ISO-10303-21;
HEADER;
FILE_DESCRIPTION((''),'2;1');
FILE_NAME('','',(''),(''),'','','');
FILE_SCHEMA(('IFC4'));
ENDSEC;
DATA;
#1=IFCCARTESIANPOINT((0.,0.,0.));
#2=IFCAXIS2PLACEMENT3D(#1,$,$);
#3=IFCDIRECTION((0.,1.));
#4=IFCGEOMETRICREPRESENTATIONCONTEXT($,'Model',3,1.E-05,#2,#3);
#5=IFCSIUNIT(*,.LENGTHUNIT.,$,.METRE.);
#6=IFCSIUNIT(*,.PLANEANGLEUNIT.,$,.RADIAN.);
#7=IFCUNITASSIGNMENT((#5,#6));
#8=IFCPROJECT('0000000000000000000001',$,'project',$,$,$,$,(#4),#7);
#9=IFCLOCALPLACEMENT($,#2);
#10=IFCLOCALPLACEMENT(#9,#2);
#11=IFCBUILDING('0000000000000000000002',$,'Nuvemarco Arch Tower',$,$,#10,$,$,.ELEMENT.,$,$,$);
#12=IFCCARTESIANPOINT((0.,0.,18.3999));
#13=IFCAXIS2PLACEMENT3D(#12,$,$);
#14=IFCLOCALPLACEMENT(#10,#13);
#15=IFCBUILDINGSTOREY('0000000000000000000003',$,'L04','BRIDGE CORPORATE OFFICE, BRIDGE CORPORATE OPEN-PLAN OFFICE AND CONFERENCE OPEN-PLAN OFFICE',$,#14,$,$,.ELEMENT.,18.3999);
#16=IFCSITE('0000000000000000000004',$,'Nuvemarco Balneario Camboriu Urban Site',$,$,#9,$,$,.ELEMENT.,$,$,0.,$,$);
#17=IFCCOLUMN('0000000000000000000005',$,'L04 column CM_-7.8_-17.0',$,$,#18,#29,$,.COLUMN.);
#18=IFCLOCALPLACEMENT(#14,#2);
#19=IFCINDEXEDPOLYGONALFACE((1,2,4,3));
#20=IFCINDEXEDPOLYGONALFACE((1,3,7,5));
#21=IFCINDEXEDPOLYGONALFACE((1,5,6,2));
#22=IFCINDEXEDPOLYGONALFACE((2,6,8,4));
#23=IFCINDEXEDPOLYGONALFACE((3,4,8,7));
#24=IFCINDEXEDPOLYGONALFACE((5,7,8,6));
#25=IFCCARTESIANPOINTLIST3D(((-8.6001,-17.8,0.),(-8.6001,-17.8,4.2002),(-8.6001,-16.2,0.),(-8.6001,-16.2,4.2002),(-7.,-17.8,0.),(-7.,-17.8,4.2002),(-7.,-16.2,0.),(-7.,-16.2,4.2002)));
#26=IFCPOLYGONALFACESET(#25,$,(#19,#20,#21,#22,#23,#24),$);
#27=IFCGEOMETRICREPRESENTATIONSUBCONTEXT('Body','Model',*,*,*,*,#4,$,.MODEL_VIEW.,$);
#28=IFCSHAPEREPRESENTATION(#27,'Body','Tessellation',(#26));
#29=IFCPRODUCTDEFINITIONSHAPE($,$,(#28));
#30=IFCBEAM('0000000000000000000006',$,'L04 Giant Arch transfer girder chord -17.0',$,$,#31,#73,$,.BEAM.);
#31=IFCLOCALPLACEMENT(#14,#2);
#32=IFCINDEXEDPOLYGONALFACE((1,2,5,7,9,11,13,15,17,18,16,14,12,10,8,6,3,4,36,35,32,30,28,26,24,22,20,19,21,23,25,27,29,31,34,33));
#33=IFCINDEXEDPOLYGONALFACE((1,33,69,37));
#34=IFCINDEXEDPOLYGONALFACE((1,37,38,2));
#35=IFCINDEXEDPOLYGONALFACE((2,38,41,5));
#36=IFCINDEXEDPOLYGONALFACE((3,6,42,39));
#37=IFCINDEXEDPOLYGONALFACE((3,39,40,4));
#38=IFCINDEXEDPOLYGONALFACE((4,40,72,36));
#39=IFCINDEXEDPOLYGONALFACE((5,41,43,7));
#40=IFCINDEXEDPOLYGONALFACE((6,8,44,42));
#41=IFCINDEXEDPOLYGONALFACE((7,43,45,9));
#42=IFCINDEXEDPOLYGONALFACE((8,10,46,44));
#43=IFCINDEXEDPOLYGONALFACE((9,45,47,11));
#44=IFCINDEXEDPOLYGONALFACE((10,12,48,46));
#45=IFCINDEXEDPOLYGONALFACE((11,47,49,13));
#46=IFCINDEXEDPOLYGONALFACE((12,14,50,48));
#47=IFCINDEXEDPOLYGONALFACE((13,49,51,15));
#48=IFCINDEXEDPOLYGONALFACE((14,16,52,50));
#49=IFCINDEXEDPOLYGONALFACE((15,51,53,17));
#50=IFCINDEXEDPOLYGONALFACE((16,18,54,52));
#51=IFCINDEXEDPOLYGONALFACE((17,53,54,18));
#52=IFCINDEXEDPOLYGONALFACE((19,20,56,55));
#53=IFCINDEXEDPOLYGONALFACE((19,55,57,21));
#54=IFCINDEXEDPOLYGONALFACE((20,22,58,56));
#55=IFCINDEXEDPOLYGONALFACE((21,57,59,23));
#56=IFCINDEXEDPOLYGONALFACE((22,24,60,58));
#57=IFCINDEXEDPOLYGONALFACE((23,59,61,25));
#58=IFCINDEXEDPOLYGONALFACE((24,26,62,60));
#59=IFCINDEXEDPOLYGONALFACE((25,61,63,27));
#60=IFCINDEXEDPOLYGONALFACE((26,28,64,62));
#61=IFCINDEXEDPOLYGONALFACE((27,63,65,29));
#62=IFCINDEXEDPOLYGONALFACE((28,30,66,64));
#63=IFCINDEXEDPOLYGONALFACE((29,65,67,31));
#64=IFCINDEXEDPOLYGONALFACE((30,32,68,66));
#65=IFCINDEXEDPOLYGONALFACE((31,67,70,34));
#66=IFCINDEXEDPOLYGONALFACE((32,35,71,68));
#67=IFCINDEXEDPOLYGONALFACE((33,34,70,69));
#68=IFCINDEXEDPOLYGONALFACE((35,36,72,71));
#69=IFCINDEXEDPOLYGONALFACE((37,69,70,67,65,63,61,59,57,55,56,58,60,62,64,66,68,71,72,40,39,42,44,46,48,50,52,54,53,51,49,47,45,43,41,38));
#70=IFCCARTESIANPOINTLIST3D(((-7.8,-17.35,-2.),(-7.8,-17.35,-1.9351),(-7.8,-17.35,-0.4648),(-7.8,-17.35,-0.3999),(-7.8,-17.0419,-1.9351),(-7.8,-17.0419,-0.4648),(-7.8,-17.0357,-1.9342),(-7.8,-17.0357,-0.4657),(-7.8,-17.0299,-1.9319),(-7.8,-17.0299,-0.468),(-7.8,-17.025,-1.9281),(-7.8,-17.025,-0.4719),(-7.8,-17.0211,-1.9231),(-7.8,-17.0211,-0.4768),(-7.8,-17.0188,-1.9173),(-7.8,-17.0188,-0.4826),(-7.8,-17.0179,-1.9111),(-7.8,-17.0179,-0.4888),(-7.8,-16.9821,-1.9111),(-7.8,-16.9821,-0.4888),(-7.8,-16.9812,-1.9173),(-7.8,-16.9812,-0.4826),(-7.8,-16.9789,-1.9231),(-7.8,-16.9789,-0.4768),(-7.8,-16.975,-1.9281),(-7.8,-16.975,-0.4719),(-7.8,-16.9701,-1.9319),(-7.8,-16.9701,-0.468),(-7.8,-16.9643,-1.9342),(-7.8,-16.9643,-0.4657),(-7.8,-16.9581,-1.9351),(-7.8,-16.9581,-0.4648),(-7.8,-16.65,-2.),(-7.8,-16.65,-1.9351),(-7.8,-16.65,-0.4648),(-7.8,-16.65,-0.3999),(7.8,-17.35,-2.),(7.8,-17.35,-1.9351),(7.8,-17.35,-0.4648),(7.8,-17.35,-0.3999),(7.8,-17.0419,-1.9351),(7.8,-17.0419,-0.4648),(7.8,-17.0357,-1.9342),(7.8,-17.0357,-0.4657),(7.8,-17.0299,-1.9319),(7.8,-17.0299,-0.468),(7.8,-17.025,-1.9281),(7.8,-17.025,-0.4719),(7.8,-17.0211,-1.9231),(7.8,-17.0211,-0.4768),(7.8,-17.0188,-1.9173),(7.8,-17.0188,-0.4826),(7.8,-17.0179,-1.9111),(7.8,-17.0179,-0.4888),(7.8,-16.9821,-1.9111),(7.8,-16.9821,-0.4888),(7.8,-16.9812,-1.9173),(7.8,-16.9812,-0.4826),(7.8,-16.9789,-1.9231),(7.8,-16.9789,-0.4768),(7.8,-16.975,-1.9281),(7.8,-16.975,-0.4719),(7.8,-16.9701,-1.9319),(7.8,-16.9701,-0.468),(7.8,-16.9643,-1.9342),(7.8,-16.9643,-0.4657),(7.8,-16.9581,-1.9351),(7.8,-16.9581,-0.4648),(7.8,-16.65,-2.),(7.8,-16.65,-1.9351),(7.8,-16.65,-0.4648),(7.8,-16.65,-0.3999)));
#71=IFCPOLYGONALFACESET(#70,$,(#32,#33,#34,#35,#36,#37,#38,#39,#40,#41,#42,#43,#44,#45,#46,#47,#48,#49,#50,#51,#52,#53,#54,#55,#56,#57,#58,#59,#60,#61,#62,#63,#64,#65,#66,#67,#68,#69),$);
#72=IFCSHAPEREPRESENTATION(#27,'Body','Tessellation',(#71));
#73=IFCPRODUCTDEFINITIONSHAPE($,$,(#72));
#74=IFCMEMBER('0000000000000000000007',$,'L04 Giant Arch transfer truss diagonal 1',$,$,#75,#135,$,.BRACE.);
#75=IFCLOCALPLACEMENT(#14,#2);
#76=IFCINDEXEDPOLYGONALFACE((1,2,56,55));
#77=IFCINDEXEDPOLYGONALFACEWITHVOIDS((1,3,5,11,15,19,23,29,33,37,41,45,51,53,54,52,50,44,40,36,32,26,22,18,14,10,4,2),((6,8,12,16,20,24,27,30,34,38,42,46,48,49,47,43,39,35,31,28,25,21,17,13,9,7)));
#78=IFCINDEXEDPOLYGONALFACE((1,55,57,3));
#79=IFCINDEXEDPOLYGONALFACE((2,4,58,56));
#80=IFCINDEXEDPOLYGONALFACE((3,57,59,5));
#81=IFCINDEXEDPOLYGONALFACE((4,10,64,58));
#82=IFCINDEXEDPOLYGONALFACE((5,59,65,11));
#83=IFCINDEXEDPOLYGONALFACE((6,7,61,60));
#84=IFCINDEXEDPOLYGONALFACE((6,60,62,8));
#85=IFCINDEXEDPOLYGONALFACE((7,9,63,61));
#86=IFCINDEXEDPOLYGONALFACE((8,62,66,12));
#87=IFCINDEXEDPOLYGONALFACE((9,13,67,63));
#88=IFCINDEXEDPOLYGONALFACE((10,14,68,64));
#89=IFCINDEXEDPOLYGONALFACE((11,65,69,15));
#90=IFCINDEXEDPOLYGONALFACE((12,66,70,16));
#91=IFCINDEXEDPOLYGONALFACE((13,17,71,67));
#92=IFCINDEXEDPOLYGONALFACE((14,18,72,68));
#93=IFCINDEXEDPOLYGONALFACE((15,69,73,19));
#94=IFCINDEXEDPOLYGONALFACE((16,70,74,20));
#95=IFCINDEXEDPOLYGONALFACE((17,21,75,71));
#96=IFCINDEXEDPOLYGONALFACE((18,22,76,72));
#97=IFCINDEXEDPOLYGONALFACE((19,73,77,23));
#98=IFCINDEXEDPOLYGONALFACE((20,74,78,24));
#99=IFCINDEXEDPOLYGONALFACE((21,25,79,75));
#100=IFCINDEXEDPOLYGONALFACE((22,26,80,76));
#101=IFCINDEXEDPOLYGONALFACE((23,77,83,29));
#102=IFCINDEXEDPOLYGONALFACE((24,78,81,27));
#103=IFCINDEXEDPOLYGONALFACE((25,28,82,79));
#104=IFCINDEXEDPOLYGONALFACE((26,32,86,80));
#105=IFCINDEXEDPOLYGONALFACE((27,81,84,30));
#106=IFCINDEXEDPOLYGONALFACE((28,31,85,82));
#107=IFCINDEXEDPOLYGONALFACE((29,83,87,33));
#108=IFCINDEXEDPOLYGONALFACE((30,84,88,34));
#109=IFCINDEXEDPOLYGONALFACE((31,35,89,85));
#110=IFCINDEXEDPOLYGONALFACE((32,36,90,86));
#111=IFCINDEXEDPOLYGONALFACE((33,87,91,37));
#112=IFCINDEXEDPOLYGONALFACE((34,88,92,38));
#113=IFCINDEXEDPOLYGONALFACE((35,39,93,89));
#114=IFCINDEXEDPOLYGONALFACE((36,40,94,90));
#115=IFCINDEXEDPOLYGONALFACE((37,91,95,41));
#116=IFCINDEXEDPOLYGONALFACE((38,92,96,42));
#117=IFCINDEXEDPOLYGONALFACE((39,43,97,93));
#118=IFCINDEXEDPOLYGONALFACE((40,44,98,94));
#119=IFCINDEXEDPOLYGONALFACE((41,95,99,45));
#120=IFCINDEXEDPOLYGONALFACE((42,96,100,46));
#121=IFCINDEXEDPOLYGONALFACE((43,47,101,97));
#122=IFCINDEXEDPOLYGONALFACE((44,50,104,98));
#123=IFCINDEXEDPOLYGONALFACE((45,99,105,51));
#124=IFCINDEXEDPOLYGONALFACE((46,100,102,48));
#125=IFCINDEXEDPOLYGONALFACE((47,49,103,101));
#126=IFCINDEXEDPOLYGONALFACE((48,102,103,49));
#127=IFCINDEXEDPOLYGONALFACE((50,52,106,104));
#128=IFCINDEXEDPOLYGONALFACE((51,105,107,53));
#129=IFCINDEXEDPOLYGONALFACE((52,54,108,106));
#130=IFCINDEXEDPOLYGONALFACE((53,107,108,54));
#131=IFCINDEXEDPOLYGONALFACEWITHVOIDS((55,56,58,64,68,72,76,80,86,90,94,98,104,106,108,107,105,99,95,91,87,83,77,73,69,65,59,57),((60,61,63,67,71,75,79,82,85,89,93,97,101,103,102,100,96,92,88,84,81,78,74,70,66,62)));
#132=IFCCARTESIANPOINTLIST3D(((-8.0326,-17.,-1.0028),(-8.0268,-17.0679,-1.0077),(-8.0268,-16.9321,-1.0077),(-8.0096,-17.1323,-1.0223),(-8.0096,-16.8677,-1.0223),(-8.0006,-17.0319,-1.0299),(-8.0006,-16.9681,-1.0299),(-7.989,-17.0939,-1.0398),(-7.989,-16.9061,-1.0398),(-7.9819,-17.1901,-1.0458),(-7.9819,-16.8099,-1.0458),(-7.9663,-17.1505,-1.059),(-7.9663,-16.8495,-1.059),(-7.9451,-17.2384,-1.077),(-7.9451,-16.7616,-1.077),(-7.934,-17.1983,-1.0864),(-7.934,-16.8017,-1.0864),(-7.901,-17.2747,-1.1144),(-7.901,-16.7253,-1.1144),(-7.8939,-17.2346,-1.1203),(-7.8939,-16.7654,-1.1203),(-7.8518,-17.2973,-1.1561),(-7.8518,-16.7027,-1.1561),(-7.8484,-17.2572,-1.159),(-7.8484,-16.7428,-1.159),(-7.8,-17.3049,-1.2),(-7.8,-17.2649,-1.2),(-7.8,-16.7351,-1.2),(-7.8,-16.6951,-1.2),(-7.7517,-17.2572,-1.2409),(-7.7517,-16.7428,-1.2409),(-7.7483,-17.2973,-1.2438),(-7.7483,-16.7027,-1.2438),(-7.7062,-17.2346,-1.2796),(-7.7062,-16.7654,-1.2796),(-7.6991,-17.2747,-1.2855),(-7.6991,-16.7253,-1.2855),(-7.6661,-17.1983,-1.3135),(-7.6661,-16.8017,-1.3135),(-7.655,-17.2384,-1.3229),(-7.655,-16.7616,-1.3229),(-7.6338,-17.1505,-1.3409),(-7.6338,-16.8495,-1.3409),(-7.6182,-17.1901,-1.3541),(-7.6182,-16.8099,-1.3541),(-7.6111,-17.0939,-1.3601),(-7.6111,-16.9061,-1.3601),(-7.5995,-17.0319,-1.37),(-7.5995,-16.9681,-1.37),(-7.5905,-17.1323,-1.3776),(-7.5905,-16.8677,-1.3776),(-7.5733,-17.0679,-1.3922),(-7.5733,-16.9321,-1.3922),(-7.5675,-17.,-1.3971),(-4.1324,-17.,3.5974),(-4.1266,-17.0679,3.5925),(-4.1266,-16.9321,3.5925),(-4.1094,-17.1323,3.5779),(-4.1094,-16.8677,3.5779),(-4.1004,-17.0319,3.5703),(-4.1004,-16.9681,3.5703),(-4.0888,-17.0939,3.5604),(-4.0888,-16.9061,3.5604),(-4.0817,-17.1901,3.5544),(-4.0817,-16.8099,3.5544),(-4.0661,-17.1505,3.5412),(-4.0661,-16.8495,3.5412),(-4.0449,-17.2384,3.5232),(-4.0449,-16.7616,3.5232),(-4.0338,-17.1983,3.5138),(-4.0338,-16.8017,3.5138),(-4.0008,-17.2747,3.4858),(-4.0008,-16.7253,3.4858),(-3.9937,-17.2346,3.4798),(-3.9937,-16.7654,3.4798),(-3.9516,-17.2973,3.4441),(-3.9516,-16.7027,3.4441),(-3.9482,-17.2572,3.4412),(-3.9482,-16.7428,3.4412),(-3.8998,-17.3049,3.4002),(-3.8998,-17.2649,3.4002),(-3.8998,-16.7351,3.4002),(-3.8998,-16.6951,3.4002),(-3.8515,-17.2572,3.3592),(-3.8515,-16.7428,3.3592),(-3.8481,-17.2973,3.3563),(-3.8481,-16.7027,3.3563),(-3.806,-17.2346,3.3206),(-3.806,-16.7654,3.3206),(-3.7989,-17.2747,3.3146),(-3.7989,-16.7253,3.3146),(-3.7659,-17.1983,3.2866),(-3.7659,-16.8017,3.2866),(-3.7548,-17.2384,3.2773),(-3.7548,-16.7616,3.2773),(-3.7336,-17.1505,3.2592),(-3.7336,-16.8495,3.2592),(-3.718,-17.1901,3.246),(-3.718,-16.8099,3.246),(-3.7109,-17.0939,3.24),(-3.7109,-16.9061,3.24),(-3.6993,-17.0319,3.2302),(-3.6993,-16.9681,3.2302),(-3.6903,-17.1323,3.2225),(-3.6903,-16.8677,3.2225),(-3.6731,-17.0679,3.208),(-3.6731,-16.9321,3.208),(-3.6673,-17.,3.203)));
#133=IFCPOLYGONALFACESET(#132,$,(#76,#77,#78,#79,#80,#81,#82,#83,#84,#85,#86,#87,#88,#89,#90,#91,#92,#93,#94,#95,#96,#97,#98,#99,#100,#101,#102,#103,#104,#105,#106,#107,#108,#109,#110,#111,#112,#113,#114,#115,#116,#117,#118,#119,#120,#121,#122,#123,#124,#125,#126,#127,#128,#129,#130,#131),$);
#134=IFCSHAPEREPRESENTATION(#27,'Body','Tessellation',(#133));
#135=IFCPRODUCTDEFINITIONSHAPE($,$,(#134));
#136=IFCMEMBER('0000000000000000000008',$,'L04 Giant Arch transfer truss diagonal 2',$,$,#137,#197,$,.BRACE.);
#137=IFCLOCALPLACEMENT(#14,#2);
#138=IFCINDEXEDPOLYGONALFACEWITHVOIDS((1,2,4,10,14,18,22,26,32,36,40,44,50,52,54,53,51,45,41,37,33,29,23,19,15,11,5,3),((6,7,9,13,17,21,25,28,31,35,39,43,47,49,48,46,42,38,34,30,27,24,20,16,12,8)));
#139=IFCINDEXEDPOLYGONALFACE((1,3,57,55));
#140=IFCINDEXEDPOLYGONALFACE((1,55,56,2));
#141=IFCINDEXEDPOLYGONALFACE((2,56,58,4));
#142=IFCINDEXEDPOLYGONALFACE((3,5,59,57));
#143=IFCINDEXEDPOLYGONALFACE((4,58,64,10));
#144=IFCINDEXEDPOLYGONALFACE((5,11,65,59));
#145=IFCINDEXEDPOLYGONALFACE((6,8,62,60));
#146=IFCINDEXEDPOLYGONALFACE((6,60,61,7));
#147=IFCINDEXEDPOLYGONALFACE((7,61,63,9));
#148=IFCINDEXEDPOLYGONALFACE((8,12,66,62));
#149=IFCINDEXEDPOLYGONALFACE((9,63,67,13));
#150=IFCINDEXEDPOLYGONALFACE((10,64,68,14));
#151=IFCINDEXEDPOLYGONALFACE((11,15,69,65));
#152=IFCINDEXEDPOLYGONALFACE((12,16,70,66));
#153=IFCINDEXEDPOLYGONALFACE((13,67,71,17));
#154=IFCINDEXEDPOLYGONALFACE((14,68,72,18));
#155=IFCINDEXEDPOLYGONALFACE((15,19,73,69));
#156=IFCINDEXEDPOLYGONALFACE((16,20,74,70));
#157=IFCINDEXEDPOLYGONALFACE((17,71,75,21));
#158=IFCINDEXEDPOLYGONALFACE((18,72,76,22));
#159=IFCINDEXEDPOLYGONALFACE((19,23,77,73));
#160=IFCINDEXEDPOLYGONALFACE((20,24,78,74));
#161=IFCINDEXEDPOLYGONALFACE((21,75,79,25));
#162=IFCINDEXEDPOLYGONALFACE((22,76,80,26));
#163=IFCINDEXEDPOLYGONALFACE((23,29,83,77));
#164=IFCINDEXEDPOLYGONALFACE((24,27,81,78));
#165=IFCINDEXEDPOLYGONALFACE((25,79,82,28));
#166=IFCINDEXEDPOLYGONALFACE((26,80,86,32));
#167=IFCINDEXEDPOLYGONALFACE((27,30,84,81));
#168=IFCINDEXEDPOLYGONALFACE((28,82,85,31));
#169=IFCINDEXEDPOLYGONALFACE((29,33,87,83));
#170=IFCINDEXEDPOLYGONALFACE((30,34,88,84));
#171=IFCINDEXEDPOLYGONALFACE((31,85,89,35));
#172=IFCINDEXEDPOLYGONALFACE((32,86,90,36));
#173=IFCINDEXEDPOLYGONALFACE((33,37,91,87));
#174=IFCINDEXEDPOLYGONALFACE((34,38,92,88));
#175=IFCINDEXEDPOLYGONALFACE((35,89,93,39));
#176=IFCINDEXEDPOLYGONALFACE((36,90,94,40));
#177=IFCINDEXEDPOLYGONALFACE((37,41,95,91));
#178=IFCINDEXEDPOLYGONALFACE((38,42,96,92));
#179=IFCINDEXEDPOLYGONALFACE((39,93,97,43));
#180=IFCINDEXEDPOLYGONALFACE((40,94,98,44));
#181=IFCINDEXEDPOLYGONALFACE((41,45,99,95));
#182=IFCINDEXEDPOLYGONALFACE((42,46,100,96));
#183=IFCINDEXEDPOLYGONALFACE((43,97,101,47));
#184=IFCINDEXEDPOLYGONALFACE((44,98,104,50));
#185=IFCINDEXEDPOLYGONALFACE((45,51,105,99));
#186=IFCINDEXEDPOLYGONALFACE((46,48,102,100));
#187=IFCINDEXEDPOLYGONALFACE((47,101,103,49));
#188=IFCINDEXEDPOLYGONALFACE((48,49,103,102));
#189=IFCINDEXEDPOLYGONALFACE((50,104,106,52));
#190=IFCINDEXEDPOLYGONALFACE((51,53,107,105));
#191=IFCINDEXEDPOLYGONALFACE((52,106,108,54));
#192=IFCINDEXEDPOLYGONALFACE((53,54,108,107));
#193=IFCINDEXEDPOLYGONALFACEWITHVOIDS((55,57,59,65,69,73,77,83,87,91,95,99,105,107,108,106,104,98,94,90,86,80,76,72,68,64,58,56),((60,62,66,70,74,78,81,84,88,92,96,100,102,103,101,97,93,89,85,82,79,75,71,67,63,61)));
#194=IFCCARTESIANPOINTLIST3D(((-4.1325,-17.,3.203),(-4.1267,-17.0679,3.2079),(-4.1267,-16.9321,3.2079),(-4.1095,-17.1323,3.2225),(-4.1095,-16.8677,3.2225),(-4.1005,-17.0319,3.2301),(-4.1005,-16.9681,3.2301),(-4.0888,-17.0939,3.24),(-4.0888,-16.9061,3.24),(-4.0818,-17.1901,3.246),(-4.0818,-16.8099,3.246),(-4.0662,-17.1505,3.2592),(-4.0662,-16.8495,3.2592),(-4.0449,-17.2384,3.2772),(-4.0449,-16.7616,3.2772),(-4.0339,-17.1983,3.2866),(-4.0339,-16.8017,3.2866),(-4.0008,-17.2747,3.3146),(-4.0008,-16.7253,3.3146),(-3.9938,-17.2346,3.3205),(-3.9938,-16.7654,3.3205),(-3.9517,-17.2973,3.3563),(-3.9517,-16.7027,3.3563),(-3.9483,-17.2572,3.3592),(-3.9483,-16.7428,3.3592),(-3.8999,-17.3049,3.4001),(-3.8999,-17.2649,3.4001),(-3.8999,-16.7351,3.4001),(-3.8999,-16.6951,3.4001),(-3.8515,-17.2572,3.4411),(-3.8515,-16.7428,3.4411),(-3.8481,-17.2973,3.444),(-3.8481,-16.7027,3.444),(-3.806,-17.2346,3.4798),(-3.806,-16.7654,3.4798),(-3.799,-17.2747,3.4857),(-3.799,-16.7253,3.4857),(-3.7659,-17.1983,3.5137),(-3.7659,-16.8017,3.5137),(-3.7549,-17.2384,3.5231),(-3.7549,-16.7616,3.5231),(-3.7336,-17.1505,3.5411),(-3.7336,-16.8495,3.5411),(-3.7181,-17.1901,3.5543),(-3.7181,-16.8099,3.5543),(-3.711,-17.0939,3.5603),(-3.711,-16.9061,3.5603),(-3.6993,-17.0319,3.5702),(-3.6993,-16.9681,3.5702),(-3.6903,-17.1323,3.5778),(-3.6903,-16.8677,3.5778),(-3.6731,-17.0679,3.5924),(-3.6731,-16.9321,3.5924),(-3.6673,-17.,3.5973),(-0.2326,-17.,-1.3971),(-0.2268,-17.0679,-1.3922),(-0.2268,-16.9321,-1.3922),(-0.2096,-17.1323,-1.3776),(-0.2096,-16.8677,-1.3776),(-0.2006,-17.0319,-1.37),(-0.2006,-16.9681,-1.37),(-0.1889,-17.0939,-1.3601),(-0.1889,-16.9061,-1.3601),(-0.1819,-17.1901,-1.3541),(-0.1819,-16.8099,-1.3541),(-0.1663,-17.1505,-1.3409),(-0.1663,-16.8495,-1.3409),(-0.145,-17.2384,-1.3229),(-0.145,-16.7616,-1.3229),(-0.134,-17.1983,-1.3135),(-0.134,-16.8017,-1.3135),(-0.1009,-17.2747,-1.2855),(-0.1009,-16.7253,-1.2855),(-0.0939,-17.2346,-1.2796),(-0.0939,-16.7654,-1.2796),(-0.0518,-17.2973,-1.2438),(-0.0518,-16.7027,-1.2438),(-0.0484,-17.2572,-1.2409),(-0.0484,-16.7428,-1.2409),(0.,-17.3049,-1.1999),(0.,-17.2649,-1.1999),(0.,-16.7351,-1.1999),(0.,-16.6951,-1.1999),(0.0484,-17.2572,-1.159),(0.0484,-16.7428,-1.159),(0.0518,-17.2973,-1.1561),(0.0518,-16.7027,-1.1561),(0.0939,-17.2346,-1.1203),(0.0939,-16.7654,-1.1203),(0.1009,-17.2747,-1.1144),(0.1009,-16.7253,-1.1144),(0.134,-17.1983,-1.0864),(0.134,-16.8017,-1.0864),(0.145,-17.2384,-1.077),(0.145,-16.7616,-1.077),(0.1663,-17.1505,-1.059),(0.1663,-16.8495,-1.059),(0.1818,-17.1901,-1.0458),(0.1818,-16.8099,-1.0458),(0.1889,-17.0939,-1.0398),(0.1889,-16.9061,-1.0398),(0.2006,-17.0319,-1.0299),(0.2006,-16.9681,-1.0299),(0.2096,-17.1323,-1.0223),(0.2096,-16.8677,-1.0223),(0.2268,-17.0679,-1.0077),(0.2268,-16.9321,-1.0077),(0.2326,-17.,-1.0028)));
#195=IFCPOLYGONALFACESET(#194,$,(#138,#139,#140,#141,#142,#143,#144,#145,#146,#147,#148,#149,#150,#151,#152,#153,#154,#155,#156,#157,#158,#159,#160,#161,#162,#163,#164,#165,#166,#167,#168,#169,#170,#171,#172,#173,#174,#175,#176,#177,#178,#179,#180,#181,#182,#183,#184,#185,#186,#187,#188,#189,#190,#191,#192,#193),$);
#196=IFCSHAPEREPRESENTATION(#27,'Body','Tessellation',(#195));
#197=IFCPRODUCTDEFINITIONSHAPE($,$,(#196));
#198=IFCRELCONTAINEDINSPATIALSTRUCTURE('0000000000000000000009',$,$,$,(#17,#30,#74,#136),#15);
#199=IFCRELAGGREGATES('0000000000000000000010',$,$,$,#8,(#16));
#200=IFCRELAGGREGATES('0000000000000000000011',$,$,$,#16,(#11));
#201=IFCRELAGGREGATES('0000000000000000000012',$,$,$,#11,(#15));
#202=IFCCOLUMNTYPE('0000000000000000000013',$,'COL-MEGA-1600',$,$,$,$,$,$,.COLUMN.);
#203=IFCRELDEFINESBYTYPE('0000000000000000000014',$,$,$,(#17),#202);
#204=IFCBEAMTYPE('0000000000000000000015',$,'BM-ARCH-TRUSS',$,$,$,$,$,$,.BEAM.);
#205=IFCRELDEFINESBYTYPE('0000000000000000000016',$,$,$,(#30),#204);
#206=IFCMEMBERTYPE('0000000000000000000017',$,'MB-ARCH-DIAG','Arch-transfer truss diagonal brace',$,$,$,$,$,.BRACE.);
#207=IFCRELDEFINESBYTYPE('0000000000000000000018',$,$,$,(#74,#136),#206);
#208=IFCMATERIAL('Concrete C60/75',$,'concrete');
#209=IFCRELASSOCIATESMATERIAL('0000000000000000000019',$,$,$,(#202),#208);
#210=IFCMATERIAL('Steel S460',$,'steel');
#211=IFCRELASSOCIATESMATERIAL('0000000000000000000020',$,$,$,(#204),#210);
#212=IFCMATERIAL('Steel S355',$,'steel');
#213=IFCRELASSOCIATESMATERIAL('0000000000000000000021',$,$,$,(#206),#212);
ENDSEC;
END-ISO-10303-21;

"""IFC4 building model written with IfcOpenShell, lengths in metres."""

from ifc_helpers import new_model, si_unit, direction, frame, origin, origin_2d, place, context, subcontext, project, spatial, rectangle, hollow_circle, i_section, extrude, material, material_profile, profile_set, type_object, element, save


model = new_model("IFC4")

# Units and contexts
model_context = context("Model", 3, precision=1e-05, world=origin(), true_north=direction((0.0, 1.0)))
body_context = subcontext(model_context, "Body", "Model", "MODEL_VIEW")
ifc_project = project(units=[si_unit("LENGTHUNIT", "METRE"), si_unit("PLANEANGLEUNIT", "RADIAN")], contexts=[model_context])

# Site, building, storey
site_placement = place(None, origin())
site = spatial("IfcSite", under=ifc_project, at=site_placement, Name="Nuvemarco Balneario Camboriu Urban Site", CompositionType="ELEMENT", RefElevation=0.0)
building_placement = place(site_placement, origin())
building = spatial("IfcBuilding", under=site, at=building_placement, Name="Nuvemarco Arch Tower", CompositionType="ELEMENT")
storey_placement = place(building_placement, frame((0.0, 0.0, 18.3999)))
storey = spatial("IfcBuildingStorey", under=building, at=storey_placement, Name="L04", Description="BRIDGE CORPORATE OFFICE, BRIDGE CORPORATE OPEN-PLAN OFFICE AND CONFERENCE OPEN-PLAN OFFICE", CompositionType="ELEMENT", Elevation=18.3999)

# Column
ifc_material_1 = material(Name="Concrete C60/75", Category="concrete")
ifc_material_profile_1 = material_profile(ifc_material_1, rectangle(XDim=1.6001, YDim=1.6001, at=origin_2d()), Name="RC-COL-1600x1600")
ifc_profile_set_1 = profile_set([ifc_material_profile_1], Name="Concrete C60/75")
column_type = type_object("IfcColumnType", Name="COL-MEGA-1600", PredefinedType="COLUMN", material=ifc_profile_set_1)
column_placement = place(storey_placement, frame((-7.8, -17.0, 0.0), z_axis=(0.0, 0.0, 1.0), x_axis=(1.0, 0.0, 0.0)))
element("IfcColumn", 1, at=column_placement, inside=storey, type_object=column_type, Name="L04 column CM_-7.8_-17.0", PredefinedType="COLUMN", context=body_context, shape_type="SweptSolid", body=[
    extrude(rectangle(XDim=1.6001, YDim=1.6001, at=origin_2d()), origin(), (0.0, 0.0, 1.0), 4.2002),
])

# Beam
ifc_material_2 = material(Name="Steel S460", Category="steel")
ifc_material_profile_2 = material_profile(ifc_material_2, i_section(OverallWidth=0.7, OverallDepth=1.6001, WebThickness=0.0359, FlangeThickness=0.0649, FilletRadius=0.0239, at=origin_2d()), Name="PG1600x700")
ifc_profile_set_2 = profile_set([ifc_material_profile_2], Name="Steel S460")
beam_type = type_object("IfcBeamType", Name="BM-ARCH-TRUSS", PredefinedType="BEAM", material=ifc_profile_set_2)
beam_placement = place(storey_placement, frame((-7.8, -17.0, -1.2), z_axis=(1.0, 0.0, 0.0), x_axis=(0.0, 1.0, 0.0)))
element("IfcBeam", 2, at=beam_placement, inside=storey, type_object=beam_type, Name="L04 Giant Arch transfer girder chord -17.0", PredefinedType="BEAM", context=body_context, shape_type="SweptSolid", body=[
    extrude(i_section(OverallWidth=0.7, OverallDepth=1.6001, WebThickness=0.0359, FlangeThickness=0.0649, FilletRadius=0.0239, at=origin_2d()), origin(), (0.0, 0.0, 1.0), 15.6001),
])

# Members
ifc_material_3 = material(Name="Steel S355", Category="steel")
ifc_material_profile_3 = material_profile(ifc_material_3, hollow_circle(Radius=0.3049, WallThickness=0.04, at=origin_2d()), Name="CHS610x40")
ifc_profile_set_3 = profile_set([ifc_material_profile_3], Name="Steel S355")
member_type = type_object("IfcMemberType", Name="MB-ARCH-DIAG", Description="Arch-transfer truss diagonal brace", PredefinedType="BRACE", material=ifc_profile_set_3)
member_placement = place(storey_placement, frame((-7.8, -17.0, -1.2), z_axis=(0.646691, 0.0, 0.762752), x_axis=(0.0, 1.0, 0.0)))
element("IfcMember", 3, at=member_placement, inside=storey, type_object=member_type, Name="L04 Giant Arch transfer truss diagonal 1", PredefinedType="BRACE", context=body_context, shape_type="SweptSolid", body=[
    extrude(hollow_circle(Radius=0.3049, WallThickness=0.04, at=origin_2d()), origin(), (0.0, 0.0, 1.0), 6.031),
])
for number, where, z_axis, x_axis, name in (
    (4, (-3.8999, -17.0, 3.4001), (0.646668, 0.0, -0.762772), (0.0, 1.0, 0.0), "L04 Giant Arch transfer truss diagonal 2"),
):
    element("IfcMember", number, at=place(storey_placement, frame(where, z_axis=z_axis, x_axis=x_axis)), inside=storey, type_object=member_type, Name=name, PredefinedType="BRACE", context=body_context, shape_type="SweptSolid", body=[
        extrude(hollow_circle(Radius=0.3049, WallThickness=0.04, at=origin_2d()), origin(), (0.0, 0.0, 1.0), 6.0308),
    ])

save(model, "model.ifc")
